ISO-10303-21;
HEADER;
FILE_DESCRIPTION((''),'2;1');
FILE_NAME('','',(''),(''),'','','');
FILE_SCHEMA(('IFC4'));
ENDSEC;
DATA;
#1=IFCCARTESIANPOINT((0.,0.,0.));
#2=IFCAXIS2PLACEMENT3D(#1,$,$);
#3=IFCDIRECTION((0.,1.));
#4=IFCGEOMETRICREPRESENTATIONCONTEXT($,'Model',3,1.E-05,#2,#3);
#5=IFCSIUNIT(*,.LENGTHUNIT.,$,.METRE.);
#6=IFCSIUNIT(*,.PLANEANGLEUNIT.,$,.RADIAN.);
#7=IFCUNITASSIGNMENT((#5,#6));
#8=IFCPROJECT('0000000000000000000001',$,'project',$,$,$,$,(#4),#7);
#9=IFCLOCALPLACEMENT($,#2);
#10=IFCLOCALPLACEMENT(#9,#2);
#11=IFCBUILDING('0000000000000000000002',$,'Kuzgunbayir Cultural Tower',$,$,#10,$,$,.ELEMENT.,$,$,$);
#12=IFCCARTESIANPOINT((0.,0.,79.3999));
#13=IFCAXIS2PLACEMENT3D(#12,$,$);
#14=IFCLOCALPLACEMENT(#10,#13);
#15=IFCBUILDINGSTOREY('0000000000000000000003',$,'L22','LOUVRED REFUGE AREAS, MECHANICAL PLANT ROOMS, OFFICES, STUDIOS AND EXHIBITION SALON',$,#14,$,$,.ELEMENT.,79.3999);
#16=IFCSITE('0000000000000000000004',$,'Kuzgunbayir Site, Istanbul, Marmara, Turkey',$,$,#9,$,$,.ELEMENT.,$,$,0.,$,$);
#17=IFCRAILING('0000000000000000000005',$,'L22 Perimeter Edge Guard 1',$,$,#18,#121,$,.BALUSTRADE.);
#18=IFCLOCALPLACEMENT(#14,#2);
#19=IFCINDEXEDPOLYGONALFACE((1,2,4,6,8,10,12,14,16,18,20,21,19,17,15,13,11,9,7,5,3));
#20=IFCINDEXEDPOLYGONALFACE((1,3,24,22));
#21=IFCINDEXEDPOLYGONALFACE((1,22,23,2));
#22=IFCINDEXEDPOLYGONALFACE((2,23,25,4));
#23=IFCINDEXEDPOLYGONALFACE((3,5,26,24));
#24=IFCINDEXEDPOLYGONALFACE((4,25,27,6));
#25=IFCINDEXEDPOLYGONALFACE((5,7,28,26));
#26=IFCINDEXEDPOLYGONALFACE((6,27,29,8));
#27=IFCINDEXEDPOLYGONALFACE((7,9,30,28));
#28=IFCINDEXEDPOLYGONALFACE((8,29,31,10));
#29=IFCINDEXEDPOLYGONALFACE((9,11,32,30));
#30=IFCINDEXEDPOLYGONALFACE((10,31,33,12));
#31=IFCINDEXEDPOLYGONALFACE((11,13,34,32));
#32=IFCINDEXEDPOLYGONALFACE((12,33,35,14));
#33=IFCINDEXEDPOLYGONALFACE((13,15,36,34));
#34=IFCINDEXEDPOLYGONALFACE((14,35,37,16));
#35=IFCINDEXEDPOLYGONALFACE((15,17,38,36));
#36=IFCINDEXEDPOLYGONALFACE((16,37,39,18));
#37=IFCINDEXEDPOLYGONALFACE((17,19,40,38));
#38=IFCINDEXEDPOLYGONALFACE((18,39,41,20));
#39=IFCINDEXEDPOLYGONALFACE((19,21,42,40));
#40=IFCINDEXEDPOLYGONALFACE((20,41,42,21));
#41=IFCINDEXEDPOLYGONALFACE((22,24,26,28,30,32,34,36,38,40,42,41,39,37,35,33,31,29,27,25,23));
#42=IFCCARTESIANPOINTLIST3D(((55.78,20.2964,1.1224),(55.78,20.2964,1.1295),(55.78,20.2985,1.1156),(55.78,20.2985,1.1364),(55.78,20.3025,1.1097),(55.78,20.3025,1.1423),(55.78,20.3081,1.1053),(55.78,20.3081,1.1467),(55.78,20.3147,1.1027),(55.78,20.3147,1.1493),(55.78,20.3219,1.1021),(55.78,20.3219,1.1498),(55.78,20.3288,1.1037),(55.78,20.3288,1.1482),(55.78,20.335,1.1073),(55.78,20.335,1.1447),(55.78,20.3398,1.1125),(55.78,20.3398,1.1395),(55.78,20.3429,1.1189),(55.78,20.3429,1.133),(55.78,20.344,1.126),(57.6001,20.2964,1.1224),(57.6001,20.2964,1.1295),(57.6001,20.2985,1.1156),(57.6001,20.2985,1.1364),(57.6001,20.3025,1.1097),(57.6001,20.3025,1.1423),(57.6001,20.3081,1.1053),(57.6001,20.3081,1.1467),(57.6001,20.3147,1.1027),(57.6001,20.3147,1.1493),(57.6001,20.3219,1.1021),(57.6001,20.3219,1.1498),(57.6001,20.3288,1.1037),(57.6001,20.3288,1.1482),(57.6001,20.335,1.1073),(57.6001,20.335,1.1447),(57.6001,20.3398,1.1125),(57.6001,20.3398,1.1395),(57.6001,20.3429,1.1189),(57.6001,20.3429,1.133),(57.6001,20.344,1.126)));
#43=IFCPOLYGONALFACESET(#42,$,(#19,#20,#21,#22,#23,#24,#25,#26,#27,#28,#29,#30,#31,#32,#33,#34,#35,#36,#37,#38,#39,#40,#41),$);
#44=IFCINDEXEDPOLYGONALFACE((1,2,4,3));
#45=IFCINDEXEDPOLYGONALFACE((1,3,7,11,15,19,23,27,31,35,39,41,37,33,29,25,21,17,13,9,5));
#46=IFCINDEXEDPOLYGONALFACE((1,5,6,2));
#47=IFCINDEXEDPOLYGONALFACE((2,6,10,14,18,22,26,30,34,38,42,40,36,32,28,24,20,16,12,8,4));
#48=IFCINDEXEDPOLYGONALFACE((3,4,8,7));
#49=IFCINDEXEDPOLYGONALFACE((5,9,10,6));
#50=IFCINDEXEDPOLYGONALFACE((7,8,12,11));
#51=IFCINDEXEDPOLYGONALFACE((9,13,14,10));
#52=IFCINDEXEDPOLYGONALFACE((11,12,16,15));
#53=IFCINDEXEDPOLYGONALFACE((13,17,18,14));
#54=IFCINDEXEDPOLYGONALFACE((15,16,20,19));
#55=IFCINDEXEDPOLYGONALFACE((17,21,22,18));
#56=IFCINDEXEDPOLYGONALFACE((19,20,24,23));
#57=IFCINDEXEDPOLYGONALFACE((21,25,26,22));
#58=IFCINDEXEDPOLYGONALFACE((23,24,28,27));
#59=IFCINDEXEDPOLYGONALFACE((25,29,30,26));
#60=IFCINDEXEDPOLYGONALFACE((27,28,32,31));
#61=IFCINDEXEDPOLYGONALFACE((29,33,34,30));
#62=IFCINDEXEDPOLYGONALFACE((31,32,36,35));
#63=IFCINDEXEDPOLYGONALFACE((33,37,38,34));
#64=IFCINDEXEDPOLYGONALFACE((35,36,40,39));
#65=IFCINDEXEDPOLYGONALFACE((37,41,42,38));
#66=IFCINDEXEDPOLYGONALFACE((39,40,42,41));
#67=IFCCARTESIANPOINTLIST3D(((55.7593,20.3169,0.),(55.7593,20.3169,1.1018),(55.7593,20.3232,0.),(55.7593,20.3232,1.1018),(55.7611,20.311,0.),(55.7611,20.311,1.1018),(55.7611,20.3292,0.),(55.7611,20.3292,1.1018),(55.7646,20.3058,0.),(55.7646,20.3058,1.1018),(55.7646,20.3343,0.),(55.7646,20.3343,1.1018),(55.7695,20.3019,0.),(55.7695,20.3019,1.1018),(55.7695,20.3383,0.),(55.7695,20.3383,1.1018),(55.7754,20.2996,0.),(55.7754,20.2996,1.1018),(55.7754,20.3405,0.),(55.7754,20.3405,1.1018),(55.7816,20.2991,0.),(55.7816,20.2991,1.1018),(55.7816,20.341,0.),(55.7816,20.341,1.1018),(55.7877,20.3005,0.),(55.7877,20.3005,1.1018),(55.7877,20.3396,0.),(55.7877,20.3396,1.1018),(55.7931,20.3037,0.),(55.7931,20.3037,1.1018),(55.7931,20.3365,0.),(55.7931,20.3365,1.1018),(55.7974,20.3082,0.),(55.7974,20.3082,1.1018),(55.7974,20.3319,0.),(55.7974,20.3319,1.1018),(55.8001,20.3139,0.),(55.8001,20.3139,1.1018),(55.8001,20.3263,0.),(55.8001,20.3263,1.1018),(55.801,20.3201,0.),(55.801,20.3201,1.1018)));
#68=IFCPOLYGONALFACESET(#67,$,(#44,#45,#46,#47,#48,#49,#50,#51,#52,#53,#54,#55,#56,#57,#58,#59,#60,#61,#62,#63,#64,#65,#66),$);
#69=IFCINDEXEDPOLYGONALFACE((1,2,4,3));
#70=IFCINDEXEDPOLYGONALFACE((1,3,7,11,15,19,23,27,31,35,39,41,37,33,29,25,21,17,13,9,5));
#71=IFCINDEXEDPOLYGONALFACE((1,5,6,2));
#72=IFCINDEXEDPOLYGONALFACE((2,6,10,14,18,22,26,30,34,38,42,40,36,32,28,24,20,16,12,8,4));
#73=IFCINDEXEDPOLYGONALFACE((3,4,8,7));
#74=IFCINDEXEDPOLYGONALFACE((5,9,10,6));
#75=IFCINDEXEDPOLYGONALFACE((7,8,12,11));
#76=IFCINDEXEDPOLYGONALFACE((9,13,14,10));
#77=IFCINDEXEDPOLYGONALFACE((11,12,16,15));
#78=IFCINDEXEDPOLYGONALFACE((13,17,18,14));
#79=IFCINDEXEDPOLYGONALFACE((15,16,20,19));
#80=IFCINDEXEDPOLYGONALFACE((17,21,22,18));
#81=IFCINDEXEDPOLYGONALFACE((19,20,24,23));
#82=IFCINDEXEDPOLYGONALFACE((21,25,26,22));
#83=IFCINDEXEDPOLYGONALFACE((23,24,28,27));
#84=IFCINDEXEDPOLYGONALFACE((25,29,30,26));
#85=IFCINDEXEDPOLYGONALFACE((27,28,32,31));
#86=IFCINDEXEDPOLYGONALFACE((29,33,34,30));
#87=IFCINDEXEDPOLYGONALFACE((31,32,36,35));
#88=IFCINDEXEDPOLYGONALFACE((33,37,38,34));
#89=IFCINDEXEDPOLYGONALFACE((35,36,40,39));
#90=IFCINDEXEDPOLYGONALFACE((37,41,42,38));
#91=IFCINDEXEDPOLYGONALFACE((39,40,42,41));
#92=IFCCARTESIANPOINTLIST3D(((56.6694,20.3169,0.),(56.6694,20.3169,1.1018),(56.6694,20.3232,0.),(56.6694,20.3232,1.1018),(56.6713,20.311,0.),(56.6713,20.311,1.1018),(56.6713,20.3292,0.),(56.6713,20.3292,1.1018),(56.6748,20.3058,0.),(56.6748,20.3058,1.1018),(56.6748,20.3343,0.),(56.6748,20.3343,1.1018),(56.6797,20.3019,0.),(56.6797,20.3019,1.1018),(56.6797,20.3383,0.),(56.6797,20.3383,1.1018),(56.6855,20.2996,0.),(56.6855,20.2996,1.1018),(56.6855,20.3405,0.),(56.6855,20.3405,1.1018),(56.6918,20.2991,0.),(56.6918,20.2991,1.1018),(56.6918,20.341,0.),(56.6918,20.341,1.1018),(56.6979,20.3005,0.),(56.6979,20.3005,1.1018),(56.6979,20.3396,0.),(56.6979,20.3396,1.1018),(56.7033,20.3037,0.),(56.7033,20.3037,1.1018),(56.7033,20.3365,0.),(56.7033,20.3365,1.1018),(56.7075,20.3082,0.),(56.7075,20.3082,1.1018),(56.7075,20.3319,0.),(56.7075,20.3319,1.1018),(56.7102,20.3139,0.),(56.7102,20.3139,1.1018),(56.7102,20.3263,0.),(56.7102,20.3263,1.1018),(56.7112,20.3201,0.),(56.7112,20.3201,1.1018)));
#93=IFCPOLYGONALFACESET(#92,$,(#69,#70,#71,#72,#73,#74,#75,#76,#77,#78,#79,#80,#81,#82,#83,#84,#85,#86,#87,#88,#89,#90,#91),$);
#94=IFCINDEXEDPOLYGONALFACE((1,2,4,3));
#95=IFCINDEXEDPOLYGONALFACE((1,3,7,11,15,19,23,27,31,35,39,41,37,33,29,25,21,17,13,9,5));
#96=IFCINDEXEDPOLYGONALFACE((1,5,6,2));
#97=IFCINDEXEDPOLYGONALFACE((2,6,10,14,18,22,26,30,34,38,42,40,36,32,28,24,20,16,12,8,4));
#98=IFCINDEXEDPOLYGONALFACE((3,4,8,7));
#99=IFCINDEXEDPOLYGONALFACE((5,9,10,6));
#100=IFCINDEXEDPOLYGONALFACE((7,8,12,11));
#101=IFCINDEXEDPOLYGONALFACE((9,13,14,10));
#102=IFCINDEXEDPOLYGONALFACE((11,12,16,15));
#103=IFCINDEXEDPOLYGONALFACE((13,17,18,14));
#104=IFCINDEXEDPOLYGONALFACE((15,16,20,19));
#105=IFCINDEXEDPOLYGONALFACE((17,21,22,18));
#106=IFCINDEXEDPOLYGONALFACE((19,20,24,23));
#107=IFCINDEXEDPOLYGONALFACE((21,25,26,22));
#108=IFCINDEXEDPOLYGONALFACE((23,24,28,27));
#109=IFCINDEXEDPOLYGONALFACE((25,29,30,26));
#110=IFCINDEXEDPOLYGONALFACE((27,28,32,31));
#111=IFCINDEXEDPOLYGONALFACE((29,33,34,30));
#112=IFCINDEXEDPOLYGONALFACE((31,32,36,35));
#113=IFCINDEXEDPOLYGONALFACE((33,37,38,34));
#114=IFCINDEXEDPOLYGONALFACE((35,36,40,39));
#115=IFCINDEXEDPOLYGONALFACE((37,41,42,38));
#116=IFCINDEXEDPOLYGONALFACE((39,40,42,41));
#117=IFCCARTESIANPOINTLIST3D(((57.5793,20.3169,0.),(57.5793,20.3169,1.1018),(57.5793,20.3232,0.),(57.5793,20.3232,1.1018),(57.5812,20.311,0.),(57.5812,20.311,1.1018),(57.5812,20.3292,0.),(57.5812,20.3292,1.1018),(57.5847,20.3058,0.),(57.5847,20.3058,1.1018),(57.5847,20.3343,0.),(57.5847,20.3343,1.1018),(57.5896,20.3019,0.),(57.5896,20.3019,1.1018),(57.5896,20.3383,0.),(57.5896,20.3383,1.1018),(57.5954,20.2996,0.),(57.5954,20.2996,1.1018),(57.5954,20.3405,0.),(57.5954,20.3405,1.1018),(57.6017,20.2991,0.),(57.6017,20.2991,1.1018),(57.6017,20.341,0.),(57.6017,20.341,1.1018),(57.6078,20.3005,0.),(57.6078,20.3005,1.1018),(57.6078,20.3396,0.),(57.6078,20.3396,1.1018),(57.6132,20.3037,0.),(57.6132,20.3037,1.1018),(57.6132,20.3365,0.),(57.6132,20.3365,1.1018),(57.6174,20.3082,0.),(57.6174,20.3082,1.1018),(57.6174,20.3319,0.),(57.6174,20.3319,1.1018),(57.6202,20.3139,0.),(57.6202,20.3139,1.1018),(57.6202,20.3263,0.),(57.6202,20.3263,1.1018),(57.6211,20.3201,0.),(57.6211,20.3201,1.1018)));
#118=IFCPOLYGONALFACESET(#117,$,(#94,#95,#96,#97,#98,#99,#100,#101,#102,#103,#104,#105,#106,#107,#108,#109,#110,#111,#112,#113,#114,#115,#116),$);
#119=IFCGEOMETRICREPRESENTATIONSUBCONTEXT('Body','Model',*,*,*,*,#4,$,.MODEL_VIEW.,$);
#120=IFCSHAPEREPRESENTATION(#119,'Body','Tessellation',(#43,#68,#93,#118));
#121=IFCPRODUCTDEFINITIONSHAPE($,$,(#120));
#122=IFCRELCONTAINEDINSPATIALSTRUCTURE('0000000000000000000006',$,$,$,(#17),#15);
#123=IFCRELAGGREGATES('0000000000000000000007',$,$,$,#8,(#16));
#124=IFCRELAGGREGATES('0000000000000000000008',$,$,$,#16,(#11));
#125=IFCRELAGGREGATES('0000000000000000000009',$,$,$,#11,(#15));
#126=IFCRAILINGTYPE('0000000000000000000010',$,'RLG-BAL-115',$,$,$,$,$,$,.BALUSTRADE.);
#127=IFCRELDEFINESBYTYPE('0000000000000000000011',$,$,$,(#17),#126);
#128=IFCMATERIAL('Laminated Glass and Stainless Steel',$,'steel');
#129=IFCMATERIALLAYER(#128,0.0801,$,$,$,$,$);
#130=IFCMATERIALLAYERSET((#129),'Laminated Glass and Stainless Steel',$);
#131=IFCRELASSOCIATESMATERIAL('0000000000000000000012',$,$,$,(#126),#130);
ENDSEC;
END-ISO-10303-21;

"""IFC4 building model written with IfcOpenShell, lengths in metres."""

from ifc_helpers import new_model, si_unit, direction, frame, origin, origin_2d, place, context, subcontext, project, spatial, circle, extrude, material, layer, layer_set, type_object, element, save


model = new_model("IFC4")

# Units and contexts
model_context = context("Model", 3, precision=1e-05, world=origin(), true_north=direction((0.0, 1.0)))
body_context = subcontext(model_context, "Body", "Model", "MODEL_VIEW")
ifc_project = project(units=[si_unit("LENGTHUNIT", "METRE"), si_unit("PLANEANGLEUNIT", "RADIAN")], contexts=[model_context])

# Site, building, storey
site_placement = place(None, origin())
site = spatial("IfcSite", under=ifc_project, at=site_placement, Name="Kuzgunbayir Site, Istanbul, Marmara, Turkey", CompositionType="ELEMENT", RefElevation=0.0)
building_placement = place(site_placement, origin())
building = spatial("IfcBuilding", under=site, at=building_placement, Name="Kuzgunbayir Cultural Tower", CompositionType="ELEMENT")
storey_placement = place(building_placement, frame((0.0, 0.0, 79.3999)))
storey = spatial("IfcBuildingStorey", under=building, at=storey_placement, Name="L22", Description="LOUVRED REFUGE AREAS, MECHANICAL PLANT ROOMS, OFFICES, STUDIOS AND EXHIBITION SALON", CompositionType="ELEMENT", Elevation=79.3999)

# Railing
ifc_material_1 = material(Name="Laminated Glass and Stainless Steel", Category="steel")
ifc_layer_1 = layer(ifc_material_1, 0.0801)
ifc_layer_set_1 = layer_set([ifc_layer_1], Name="Laminated Glass and Stainless Steel")
railing_type = type_object("IfcRailingType", Name="RLG-BAL-115", PredefinedType="BALUSTRADE", material=ifc_layer_set_1)
railing_placement = place(storey_placement, frame((55.78, 20.3201, 0.0)))
element("IfcRailing", 1, at=railing_placement, inside=storey, type_object=railing_type, Name="L22 Perimeter Edge Guard 1", PredefinedType="BALUSTRADE", context=body_context, shape_type="SweptSolid", body=[
    extrude(circle(Radius=0.0239, at=origin_2d()), frame((0.0, 0.0, 1.126), z_axis=(1.0, 0.0, 0.0), x_axis=(0.0, 1.0, 0.0)), (0.0, 0.0, 1.0), 1.8201),
    extrude(circle(Radius=0.021, at=origin_2d()), origin(), (0.0, 0.0, 1.0), 1.1018),
    extrude(circle(Radius=0.021, at=origin_2d()), frame((0.9102, 0.0, 0.0)), (0.0, 0.0, 1.0), 1.1018),
    extrude(circle(Radius=0.021, at=origin_2d()), frame((1.8201, 0.0, 0.0)), (0.0, 0.0, 1.0), 1.1018),
])

save(model, "model.ifc")
